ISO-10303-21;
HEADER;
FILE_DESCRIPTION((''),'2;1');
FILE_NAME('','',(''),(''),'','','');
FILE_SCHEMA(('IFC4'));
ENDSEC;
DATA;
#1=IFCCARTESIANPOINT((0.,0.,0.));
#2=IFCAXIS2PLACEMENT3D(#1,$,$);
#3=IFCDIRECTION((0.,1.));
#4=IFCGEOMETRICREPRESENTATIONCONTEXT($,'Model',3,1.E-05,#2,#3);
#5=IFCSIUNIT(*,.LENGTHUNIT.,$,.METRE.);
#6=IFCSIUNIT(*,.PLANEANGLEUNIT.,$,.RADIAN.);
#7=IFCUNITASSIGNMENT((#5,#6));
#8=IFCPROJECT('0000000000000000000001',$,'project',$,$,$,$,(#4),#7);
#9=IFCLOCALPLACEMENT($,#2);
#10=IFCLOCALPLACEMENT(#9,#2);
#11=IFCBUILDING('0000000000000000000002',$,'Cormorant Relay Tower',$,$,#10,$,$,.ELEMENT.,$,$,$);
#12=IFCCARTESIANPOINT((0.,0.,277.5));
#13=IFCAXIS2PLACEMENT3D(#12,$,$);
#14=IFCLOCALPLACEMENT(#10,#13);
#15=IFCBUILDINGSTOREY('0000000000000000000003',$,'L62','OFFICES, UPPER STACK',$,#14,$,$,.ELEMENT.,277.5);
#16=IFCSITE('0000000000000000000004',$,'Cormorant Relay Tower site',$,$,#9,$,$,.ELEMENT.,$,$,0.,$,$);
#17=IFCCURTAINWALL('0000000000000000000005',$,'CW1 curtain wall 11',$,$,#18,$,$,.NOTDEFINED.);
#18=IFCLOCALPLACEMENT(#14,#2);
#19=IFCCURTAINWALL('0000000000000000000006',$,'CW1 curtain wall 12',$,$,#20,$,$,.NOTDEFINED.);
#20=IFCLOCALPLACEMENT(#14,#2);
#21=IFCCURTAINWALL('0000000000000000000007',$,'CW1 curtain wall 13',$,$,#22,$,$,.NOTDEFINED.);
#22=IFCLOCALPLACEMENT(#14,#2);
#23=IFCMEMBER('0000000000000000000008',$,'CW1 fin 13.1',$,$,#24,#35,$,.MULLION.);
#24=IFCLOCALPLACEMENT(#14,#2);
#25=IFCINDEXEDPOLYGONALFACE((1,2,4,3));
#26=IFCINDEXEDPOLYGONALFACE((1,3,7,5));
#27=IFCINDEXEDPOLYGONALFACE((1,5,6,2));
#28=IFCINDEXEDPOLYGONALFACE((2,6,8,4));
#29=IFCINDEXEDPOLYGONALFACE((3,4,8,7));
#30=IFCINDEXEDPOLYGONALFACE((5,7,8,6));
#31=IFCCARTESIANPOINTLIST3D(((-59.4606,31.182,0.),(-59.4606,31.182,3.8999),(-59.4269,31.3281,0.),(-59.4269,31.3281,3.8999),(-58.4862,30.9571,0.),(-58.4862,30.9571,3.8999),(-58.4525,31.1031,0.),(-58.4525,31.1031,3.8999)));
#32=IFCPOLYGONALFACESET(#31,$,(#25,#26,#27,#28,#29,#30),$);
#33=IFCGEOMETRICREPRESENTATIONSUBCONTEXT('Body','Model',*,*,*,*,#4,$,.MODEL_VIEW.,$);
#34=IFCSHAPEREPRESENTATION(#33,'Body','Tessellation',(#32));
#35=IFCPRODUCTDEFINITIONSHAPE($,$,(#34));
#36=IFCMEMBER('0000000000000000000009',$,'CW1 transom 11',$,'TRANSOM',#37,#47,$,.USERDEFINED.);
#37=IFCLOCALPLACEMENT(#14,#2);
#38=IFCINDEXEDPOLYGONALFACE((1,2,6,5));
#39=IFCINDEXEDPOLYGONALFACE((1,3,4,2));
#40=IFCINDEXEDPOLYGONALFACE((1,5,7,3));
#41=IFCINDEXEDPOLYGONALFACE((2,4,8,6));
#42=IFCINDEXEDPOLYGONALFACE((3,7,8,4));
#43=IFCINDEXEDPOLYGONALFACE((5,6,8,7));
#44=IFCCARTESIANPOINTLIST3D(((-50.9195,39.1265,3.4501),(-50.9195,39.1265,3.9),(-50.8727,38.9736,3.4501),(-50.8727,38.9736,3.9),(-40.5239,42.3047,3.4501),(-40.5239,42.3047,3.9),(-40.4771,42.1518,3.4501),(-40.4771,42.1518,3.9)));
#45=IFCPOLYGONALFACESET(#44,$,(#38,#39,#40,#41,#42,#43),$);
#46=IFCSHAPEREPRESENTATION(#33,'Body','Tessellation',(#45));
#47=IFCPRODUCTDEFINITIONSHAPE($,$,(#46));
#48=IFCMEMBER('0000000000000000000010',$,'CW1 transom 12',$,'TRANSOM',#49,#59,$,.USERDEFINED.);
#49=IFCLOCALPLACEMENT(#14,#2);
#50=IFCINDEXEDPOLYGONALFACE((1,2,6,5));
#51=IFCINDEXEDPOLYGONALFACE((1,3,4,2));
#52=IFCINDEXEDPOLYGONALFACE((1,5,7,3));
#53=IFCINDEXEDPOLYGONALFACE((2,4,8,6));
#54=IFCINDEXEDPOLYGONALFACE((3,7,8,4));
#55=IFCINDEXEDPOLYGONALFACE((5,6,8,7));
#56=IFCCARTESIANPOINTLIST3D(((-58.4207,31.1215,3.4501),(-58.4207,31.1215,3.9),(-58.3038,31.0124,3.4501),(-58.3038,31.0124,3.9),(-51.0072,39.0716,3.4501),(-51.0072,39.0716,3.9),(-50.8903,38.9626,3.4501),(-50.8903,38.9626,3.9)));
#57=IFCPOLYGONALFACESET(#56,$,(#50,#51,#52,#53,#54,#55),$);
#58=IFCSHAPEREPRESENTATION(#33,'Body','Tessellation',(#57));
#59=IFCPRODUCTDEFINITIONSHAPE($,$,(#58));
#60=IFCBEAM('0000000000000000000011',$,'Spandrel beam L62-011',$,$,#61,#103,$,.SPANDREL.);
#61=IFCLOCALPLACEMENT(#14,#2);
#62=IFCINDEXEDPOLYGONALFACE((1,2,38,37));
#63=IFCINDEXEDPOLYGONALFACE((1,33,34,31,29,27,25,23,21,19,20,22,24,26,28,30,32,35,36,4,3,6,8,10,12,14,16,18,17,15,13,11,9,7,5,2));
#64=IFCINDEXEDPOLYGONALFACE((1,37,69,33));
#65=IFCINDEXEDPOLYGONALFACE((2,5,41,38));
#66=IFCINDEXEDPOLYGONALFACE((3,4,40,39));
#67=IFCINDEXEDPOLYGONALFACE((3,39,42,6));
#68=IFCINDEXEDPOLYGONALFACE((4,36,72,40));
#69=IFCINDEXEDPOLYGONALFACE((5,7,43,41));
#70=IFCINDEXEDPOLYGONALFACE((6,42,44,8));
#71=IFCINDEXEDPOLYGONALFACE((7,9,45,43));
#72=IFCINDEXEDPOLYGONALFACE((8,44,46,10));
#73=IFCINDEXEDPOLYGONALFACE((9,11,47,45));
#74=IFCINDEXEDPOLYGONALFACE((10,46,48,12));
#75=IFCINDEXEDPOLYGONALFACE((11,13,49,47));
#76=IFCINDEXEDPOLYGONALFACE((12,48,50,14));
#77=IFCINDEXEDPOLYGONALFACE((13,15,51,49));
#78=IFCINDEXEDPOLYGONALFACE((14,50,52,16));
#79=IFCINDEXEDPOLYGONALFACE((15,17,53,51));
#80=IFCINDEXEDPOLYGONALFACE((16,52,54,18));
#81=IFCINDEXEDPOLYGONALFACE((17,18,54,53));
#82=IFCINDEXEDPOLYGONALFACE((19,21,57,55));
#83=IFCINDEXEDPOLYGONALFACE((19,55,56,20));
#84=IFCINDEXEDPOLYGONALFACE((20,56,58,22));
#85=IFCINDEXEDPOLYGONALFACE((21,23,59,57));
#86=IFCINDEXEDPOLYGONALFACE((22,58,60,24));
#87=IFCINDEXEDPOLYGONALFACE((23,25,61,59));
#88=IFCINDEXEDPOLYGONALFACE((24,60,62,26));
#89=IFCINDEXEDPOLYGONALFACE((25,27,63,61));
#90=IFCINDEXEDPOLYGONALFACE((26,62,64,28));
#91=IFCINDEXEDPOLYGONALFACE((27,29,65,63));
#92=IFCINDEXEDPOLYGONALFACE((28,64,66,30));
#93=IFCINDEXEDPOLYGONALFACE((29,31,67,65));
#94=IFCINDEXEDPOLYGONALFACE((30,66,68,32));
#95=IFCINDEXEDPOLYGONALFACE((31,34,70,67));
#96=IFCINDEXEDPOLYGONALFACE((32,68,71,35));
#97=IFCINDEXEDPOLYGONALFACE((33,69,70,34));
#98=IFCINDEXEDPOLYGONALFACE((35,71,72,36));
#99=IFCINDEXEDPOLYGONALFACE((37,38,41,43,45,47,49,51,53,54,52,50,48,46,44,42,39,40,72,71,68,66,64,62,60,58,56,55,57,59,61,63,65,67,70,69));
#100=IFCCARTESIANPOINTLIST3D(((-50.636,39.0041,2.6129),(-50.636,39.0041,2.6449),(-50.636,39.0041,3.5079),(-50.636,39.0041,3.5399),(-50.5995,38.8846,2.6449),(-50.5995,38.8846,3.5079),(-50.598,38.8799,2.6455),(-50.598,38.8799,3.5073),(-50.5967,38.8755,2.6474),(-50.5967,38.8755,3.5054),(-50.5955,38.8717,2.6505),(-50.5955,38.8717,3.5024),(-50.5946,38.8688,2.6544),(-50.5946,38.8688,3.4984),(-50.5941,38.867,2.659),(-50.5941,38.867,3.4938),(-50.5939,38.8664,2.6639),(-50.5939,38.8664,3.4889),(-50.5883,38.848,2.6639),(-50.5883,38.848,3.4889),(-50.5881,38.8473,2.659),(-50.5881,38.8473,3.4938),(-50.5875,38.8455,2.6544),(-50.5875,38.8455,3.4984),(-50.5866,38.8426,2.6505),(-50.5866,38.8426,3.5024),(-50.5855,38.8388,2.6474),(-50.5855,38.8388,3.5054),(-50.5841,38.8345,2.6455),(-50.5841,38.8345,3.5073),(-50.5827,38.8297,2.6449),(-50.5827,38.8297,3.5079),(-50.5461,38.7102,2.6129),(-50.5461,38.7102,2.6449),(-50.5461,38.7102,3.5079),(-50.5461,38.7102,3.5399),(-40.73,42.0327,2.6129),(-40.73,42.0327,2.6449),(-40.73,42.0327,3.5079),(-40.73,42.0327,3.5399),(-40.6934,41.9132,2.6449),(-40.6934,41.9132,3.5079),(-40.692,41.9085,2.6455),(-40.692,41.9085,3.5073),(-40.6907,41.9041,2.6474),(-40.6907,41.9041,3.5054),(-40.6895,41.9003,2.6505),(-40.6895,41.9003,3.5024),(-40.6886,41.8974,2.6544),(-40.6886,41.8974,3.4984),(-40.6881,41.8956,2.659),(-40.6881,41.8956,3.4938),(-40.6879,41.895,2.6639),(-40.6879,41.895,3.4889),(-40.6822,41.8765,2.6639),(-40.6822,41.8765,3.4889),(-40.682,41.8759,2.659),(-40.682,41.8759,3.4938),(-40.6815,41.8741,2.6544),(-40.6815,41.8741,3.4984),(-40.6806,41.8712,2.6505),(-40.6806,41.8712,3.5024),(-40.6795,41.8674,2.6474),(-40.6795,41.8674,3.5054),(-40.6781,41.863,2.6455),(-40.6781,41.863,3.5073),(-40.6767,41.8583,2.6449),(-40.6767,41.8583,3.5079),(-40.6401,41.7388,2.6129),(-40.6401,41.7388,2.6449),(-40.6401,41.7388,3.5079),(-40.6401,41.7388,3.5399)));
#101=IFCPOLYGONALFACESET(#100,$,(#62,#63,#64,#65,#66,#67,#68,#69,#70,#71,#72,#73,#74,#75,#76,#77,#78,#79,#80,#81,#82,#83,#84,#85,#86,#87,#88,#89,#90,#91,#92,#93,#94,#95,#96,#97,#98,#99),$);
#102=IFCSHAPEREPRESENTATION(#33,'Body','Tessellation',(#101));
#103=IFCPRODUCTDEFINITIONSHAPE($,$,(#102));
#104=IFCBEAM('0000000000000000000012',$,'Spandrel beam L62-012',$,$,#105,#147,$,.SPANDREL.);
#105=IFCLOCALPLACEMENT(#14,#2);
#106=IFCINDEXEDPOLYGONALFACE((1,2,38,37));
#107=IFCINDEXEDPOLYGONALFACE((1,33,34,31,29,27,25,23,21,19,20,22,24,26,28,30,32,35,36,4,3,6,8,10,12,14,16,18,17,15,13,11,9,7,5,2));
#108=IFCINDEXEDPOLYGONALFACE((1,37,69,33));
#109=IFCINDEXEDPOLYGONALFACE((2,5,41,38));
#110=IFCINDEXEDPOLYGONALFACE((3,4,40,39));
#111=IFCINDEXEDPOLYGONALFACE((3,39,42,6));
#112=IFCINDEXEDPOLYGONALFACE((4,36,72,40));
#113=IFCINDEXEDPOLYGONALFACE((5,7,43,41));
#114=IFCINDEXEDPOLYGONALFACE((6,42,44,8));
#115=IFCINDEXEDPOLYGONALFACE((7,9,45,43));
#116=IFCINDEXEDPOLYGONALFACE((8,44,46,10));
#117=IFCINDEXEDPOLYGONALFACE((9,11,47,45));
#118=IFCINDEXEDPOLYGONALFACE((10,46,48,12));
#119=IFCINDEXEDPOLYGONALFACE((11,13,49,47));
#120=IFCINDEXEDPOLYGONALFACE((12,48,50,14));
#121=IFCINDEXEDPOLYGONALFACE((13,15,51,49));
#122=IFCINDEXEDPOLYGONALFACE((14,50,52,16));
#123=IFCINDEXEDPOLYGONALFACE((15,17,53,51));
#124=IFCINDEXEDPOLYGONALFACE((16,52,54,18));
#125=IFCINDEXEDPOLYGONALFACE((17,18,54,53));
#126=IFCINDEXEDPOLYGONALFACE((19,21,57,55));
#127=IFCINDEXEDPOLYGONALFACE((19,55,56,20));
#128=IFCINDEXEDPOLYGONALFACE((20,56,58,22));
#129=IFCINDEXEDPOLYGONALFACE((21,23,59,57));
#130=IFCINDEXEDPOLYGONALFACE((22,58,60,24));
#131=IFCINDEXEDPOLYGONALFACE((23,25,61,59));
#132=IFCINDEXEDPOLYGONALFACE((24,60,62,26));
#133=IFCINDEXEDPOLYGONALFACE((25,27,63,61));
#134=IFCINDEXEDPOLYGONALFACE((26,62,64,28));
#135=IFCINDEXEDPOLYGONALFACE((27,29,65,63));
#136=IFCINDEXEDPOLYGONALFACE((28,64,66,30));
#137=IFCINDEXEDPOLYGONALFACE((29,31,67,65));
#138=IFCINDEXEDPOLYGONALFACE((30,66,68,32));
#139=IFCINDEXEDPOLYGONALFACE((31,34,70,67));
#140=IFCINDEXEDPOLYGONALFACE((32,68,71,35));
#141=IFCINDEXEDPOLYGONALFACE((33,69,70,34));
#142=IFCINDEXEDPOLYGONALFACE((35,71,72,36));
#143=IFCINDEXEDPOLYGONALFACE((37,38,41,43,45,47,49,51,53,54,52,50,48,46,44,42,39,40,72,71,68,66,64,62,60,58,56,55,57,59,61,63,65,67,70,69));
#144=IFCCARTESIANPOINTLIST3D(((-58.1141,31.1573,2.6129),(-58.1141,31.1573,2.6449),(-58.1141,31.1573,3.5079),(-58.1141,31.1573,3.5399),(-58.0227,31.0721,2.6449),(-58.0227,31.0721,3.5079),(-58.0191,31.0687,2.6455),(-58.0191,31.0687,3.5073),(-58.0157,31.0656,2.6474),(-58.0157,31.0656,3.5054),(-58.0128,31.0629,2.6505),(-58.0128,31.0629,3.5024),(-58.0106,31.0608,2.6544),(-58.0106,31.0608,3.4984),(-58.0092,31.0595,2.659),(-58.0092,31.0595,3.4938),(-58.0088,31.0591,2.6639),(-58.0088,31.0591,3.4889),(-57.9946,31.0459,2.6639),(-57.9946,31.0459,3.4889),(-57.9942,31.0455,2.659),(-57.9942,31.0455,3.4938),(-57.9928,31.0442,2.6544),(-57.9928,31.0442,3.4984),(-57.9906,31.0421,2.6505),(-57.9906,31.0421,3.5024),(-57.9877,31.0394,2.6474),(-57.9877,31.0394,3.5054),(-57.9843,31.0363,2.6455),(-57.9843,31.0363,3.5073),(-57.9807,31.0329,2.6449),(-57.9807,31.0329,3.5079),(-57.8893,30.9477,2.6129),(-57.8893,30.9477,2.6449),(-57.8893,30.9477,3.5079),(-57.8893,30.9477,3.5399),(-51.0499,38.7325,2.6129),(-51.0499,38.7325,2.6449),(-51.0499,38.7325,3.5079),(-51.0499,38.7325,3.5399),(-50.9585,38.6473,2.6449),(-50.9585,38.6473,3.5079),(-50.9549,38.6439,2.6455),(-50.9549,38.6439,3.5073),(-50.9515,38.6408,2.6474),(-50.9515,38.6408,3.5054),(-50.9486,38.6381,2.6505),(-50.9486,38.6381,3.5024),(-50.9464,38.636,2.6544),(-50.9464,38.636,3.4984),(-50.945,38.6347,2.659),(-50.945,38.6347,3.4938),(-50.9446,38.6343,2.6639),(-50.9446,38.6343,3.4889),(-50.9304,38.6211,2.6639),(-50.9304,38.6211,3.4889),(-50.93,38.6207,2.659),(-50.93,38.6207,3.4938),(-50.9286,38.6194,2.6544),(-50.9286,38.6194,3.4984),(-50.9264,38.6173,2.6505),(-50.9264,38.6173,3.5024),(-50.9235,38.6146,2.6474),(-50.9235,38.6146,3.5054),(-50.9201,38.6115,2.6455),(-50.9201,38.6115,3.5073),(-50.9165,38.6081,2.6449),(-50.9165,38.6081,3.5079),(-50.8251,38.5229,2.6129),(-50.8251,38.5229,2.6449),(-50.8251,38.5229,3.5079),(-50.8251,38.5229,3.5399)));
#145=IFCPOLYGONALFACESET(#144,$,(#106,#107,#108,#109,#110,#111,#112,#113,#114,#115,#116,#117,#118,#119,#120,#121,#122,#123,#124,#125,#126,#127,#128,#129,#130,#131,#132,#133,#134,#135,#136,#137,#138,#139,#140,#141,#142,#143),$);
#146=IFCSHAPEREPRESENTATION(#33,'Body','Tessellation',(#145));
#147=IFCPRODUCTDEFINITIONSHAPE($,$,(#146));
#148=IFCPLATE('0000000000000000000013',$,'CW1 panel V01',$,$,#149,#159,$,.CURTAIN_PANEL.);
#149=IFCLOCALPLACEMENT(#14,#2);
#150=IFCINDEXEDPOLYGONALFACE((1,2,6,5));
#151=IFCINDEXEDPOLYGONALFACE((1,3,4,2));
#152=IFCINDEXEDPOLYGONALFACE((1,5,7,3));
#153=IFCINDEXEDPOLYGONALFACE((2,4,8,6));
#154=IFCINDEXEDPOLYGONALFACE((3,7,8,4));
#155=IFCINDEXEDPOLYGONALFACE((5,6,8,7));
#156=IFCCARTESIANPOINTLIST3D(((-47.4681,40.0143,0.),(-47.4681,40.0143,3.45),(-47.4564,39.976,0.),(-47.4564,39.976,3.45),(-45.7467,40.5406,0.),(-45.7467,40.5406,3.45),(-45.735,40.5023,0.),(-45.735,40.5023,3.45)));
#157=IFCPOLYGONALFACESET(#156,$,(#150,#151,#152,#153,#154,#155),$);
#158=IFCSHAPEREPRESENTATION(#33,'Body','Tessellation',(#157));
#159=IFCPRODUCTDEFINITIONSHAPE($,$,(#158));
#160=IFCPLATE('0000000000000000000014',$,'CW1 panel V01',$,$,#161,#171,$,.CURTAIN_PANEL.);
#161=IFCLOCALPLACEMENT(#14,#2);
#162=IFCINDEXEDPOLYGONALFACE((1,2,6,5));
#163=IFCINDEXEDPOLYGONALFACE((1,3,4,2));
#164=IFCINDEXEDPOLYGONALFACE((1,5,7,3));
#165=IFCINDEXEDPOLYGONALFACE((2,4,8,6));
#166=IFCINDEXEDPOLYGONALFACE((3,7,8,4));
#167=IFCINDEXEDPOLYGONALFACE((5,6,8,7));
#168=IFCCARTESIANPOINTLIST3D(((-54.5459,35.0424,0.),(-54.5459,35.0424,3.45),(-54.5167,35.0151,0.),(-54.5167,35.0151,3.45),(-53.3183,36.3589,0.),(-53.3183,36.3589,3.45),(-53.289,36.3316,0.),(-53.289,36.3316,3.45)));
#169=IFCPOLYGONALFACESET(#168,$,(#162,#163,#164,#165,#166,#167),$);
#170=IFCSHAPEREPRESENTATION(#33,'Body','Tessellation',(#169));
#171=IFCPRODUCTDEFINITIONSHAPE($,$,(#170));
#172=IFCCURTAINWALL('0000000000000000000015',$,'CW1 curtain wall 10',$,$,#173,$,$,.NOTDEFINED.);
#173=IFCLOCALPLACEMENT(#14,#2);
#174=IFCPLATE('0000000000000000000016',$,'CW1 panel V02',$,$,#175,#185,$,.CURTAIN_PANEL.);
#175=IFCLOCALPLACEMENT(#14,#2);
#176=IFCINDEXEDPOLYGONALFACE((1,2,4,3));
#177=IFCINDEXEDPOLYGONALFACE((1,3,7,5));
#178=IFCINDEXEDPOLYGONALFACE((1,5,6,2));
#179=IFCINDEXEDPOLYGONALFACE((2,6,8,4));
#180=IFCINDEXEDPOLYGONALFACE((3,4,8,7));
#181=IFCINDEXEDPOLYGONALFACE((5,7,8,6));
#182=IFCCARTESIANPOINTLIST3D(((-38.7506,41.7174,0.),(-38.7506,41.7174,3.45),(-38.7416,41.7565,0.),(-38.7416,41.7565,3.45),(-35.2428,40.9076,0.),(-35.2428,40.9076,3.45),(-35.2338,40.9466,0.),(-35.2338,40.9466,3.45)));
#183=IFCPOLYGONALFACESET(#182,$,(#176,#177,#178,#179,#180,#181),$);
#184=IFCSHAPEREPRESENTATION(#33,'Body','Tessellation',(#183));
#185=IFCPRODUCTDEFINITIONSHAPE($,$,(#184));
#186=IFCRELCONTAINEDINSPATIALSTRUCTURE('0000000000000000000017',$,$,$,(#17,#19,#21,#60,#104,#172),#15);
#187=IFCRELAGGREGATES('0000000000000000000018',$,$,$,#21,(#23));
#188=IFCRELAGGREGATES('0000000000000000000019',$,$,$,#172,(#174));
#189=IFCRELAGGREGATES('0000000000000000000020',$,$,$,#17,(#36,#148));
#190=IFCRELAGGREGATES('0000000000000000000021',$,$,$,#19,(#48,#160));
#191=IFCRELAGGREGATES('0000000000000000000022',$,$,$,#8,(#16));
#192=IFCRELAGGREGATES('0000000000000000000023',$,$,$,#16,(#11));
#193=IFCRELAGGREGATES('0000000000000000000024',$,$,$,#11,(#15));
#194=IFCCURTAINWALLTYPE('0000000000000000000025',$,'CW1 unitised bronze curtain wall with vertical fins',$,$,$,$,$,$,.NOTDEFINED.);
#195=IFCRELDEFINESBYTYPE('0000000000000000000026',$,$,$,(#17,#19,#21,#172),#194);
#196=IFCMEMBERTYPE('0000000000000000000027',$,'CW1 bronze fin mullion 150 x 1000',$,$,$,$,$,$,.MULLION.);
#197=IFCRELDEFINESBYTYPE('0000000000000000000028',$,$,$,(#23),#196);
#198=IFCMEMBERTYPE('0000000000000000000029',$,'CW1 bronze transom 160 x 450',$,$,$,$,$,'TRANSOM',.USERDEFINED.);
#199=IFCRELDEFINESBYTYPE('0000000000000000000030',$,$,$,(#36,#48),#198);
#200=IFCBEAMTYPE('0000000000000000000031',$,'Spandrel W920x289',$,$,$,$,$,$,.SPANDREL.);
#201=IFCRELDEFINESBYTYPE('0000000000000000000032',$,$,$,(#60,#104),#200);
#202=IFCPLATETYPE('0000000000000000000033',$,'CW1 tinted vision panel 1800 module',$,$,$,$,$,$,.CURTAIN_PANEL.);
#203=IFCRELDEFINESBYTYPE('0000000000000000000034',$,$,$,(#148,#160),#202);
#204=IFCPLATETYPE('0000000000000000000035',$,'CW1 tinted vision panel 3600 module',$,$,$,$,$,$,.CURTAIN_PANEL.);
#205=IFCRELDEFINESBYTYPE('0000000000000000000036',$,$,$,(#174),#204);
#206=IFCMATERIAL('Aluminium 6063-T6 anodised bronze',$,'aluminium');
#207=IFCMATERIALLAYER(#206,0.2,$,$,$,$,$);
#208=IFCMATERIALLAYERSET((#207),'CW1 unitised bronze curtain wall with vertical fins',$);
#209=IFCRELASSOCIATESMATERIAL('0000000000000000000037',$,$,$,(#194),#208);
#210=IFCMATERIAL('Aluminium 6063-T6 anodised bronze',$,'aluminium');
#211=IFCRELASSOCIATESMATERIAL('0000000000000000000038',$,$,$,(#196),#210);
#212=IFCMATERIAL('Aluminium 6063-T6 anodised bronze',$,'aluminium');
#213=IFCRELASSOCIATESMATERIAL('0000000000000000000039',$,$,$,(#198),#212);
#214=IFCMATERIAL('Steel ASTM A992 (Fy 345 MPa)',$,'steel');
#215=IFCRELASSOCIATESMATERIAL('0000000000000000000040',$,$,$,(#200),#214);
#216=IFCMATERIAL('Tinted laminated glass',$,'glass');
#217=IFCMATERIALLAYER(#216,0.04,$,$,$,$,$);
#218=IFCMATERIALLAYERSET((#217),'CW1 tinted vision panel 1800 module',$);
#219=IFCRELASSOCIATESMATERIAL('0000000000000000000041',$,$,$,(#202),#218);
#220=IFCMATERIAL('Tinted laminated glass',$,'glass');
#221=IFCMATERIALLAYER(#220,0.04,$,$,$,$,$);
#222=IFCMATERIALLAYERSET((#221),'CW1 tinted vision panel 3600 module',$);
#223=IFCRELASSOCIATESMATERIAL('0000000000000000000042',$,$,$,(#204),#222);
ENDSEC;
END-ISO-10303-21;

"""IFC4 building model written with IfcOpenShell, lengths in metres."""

from ifc_helpers import new_model, si_unit, direction, frame, origin, origin_2d, place, context, subcontext, project, spatial, rectangle, i_section, extrude, material, layer, layer_set, material_profile, profile_set, type_object, element, aggregate, save


model = new_model("IFC4")

# Units and contexts
model_context = context("Model", 3, precision=1e-05, world=origin(), true_north=direction((0.0, 1.0)))
body_context = subcontext(model_context, "Body", "Model", "MODEL_VIEW")
ifc_project = project(units=[si_unit("LENGTHUNIT", "METRE"), si_unit("PLANEANGLEUNIT", "RADIAN")], contexts=[model_context])

# Site, building, storey
site_placement = place(None, origin())
site = spatial("IfcSite", under=ifc_project, at=site_placement, Name="Cormorant Relay Tower site", CompositionType="ELEMENT", RefElevation=0.0)
building_placement = place(site_placement, origin())
building = spatial("IfcBuilding", under=site, at=building_placement, Name="Cormorant Relay Tower", CompositionType="ELEMENT")
storey_placement = place(building_placement, frame((0.0, 0.0, 277.5)))
storey = spatial("IfcBuildingStorey", under=building, at=storey_placement, Name="L62", Description="OFFICES, UPPER STACK", CompositionType="ELEMENT", Elevation=277.5)

# Curtain walls
ifc_material_1 = material(Name="Aluminium 6063-T6 anodised bronze", Category="aluminium")
ifc_layer_1 = layer(ifc_material_1, 0.2)
ifc_layer_set_1 = layer_set([ifc_layer_1], Name="CW1 unitised bronze curtain wall with vertical fins")
curtain_wall_type = type_object("IfcCurtainWallType", Name="CW1 unitised bronze curtain wall with vertical fins", PredefinedType="NOTDEFINED", material=ifc_layer_set_1)
curtain_wall_1_placement = place(storey_placement, origin())
curtain_wall_1 = element("IfcCurtainWall", 1, at=curtain_wall_1_placement, inside=storey, type_object=curtain_wall_type, Name="CW1 curtain wall 11", PredefinedType="NOTDEFINED")
ifc_material_2 = material(Name="Aluminium 6063-T6 anodised bronze", Category="aluminium")
ifc_material_profile_1 = material_profile(ifc_material_2, rectangle(XDim=0.1499, YDim=1.0, at=origin_2d()), Name="AL 150x1000")
ifc_profile_set_1 = profile_set([ifc_material_profile_1], Name="Aluminium 6063-T6 anodised bronze")
member_type_1 = type_object("IfcMemberType", Name="CW1 bronze fin mullion 150 x 1000", PredefinedType="MULLION", material=ifc_profile_set_1)
curtain_wall_2_placement = place(storey_placement, origin())
curtain_wall_2 = element("IfcCurtainWall", 2, at=curtain_wall_2_placement, inside=storey, type_object=curtain_wall_type, Name="CW1 curtain wall 12", PredefinedType="NOTDEFINED")

# Curtain wall, member
curtain_wall_3_placement = place(storey_placement, origin())
curtain_wall_3 = element("IfcCurtainWall", 3, at=curtain_wall_3_placement, inside=storey, type_object=curtain_wall_type, Name="CW1 curtain wall 13", PredefinedType="NOTDEFINED")
member_1_placement = place(storey_placement, frame((-58.9565, 31.1426, 0.0), z_axis=(0.0, 0.0, 1.0), x_axis=(-0.224951, -0.97437, 0.0)))
member_1 = element("IfcMember", 4, at=member_1_placement, type_object=member_type_1, Name="CW1 fin 13.1", PredefinedType="MULLION", context=body_context, shape_type="SweptSolid", body=[
    extrude(rectangle(XDim=0.1499, YDim=1.0, at=origin_2d()), origin(), (0.0, 0.0, 1.0), 3.8999),
])
aggregate(curtain_wall_3, [member_1])

# Members
ifc_material_3 = material(Name="Aluminium 6063-T6 anodised bronze", Category="aluminium")
ifc_material_profile_2 = material_profile(ifc_material_3, rectangle(XDim=0.1599, YDim=0.45, at=origin_2d()), Name="AL 160x450")
ifc_profile_set_2 = profile_set([ifc_material_profile_2], Name="Aluminium 6063-T6 anodised bronze")
member_type_2 = type_object("IfcMemberType", Name="CW1 bronze transom 160 x 450", ElementType="TRANSOM", PredefinedType="USERDEFINED", material=ifc_profile_set_2)
member_2_placement = place(storey_placement, frame((-40.5005, 42.2283, 3.675), z_axis=(-0.956305, -0.292371, 0.0), x_axis=(0.292371, -0.956305, 0.0)))
member_2 = element("IfcMember", 5, at=member_2_placement, type_object=member_type_2, Name="CW1 transom 11", ObjectType="TRANSOM", PredefinedType="USERDEFINED", context=body_context, shape_type="SweptSolid", body=[
    extrude(rectangle(XDim=0.1599, YDim=0.45, at=origin_2d()), origin(), (0.0, 0.0, 1.0), 10.8706),
])
member_3_placement = place(storey_placement, frame((-50.9487, 39.0171, 3.675), z_axis=(-0.681993, -0.731358, 0.0), x_axis=(0.731358, -0.681993, 0.0)))
member_3 = element("IfcMember", 6, at=member_3_placement, type_object=member_type_2, Name="CW1 transom 12", ObjectType="TRANSOM", PredefinedType="USERDEFINED", context=body_context, shape_type="SweptSolid", body=[
    extrude(rectangle(XDim=0.1599, YDim=0.45, at=origin_2d()), origin(), (0.0, 0.0, 1.0), 10.8704),
])

# Beams
ifc_material_4 = material(Name="Steel ASTM A992 (Fy 345 MPa)", Category="steel")
ifc_material_profile_3 = material_profile(ifc_material_4, i_section(OverallWidth=0.3074, OverallDepth=0.927, WebThickness=0.0193, FlangeThickness=0.032, FilletRadius=0.019, at=origin_2d()), Name="W920x289")
ifc_profile_set_3 = profile_set([ifc_material_profile_3], Name="Steel ASTM A992 (Fy 345 MPa)")
beam_type = type_object("IfcBeamType", Name="Spandrel W920x289", PredefinedType="SPANDREL", material=ifc_profile_set_3)
beam_1_placement = place(storey_placement, frame((-40.6851, 41.8857, 3.0764), z_axis=(-0.956305, -0.292371, 0.0), x_axis=(0.292371, -0.956305, 0.0)))
element("IfcBeam", 7, at=beam_1_placement, inside=storey, type_object=beam_type, Name="Spandrel beam L62-011", PredefinedType="SPANDREL", context=body_context, shape_type="SweptSolid", body=[
    extrude(i_section(OverallWidth=0.3074, OverallDepth=0.927, WebThickness=0.0193, FlangeThickness=0.032, FilletRadius=0.019, at=origin_2d()), origin(), (0.0, 0.0, 1.0), 10.3586),
])
beam_2_placement = place(storey_placement, frame((-50.9375, 38.6277, 3.0764), z_axis=(-0.68201, -0.731343, 0.0), x_axis=(0.731343, -0.68201, 0.0)))
element("IfcBeam", 8, at=beam_2_placement, inside=storey, type_object=beam_type, Name="Spandrel beam L62-012", PredefinedType="SPANDREL", context=body_context, shape_type="SweptSolid", body=[
    extrude(i_section(OverallWidth=0.3074, OverallDepth=0.927, WebThickness=0.0193, FlangeThickness=0.032, FilletRadius=0.019, at=origin_2d()), origin(), (0.0, 0.0, 1.0), 10.3579),
])

# Plates
ifc_material_5 = material(Name="Tinted laminated glass", Category="glass")
ifc_layer_2 = layer(ifc_material_5, 0.04)
ifc_layer_set_2 = layer_set([ifc_layer_2], Name="CW1 tinted vision panel 1800 module")
plate_type_1 = type_object("IfcPlateType", Name="CW1 tinted vision panel 1800 module", PredefinedType="CURTAIN_PANEL", material=ifc_layer_set_2)
plate_1_placement = place(storey_placement, frame((-46.6016, 40.2583, 0.0), z_axis=(0.0, 0.0, 1.0), x_axis=(-0.956305, -0.292372, 0.0)))
plate_1 = element("IfcPlate", 9, at=plate_1_placement, type_object=plate_type_1, Name="CW1 panel V01", PredefinedType="CURTAIN_PANEL", context=body_context, shape_type="SweptSolid", body=[
    extrude(rectangle(XDim=1.8, YDim=0.04, at=origin_2d()), origin(), (0.0, 0.0, 1.0), 3.45),
])
plate_2_placement = place(storey_placement, frame((-53.9175, 35.687, 0.0), z_axis=(0.0, 0.0, 1.0), x_axis=(-0.681998, -0.731354, 0.0)))
plate_2 = element("IfcPlate", 10, at=plate_2_placement, type_object=plate_type_1, Name="CW1 panel V01", PredefinedType="CURTAIN_PANEL", context=body_context, shape_type="SweptSolid", body=[
    extrude(rectangle(XDim=1.8, YDim=0.04, at=origin_2d()), origin(), (0.0, 0.0, 1.0), 3.45),
])

# Curtain wall, plate
curtain_wall_4_placement = place(storey_placement, origin())
curtain_wall_4 = element("IfcCurtainWall", 11, at=curtain_wall_4_placement, inside=storey, type_object=curtain_wall_type, Name="CW1 curtain wall 10", PredefinedType="NOTDEFINED")
ifc_material_6 = material(Name="Tinted laminated glass", Category="glass")
ifc_layer_3 = layer(ifc_material_6, 0.04)
ifc_layer_set_3 = layer_set([ifc_layer_3], Name="CW1 tinted vision panel 3600 module")
plate_type_2 = type_object("IfcPlateType", Name="CW1 tinted vision panel 3600 module", PredefinedType="CURTAIN_PANEL", material=ifc_layer_set_3)
plate_3_placement = place(storey_placement, frame((-36.9922, 41.332, 0.0), z_axis=(0.0, 0.0, 1.0), x_axis=(-0.97437, 0.224951, 0.0)))
plate_3 = element("IfcPlate", 12, at=plate_3_placement, type_object=plate_type_2, Name="CW1 panel V02", PredefinedType="CURTAIN_PANEL", context=body_context, shape_type="SweptSolid", body=[
    extrude(rectangle(XDim=3.6001, YDim=0.04, at=origin_2d()), origin(), (0.0, 0.0, 1.0), 3.45),
])

aggregate(curtain_wall_4, [plate_3])
aggregate(curtain_wall_1, [member_2, plate_1])
aggregate(curtain_wall_2, [member_3, plate_2])

save(model, "model.ifc")
